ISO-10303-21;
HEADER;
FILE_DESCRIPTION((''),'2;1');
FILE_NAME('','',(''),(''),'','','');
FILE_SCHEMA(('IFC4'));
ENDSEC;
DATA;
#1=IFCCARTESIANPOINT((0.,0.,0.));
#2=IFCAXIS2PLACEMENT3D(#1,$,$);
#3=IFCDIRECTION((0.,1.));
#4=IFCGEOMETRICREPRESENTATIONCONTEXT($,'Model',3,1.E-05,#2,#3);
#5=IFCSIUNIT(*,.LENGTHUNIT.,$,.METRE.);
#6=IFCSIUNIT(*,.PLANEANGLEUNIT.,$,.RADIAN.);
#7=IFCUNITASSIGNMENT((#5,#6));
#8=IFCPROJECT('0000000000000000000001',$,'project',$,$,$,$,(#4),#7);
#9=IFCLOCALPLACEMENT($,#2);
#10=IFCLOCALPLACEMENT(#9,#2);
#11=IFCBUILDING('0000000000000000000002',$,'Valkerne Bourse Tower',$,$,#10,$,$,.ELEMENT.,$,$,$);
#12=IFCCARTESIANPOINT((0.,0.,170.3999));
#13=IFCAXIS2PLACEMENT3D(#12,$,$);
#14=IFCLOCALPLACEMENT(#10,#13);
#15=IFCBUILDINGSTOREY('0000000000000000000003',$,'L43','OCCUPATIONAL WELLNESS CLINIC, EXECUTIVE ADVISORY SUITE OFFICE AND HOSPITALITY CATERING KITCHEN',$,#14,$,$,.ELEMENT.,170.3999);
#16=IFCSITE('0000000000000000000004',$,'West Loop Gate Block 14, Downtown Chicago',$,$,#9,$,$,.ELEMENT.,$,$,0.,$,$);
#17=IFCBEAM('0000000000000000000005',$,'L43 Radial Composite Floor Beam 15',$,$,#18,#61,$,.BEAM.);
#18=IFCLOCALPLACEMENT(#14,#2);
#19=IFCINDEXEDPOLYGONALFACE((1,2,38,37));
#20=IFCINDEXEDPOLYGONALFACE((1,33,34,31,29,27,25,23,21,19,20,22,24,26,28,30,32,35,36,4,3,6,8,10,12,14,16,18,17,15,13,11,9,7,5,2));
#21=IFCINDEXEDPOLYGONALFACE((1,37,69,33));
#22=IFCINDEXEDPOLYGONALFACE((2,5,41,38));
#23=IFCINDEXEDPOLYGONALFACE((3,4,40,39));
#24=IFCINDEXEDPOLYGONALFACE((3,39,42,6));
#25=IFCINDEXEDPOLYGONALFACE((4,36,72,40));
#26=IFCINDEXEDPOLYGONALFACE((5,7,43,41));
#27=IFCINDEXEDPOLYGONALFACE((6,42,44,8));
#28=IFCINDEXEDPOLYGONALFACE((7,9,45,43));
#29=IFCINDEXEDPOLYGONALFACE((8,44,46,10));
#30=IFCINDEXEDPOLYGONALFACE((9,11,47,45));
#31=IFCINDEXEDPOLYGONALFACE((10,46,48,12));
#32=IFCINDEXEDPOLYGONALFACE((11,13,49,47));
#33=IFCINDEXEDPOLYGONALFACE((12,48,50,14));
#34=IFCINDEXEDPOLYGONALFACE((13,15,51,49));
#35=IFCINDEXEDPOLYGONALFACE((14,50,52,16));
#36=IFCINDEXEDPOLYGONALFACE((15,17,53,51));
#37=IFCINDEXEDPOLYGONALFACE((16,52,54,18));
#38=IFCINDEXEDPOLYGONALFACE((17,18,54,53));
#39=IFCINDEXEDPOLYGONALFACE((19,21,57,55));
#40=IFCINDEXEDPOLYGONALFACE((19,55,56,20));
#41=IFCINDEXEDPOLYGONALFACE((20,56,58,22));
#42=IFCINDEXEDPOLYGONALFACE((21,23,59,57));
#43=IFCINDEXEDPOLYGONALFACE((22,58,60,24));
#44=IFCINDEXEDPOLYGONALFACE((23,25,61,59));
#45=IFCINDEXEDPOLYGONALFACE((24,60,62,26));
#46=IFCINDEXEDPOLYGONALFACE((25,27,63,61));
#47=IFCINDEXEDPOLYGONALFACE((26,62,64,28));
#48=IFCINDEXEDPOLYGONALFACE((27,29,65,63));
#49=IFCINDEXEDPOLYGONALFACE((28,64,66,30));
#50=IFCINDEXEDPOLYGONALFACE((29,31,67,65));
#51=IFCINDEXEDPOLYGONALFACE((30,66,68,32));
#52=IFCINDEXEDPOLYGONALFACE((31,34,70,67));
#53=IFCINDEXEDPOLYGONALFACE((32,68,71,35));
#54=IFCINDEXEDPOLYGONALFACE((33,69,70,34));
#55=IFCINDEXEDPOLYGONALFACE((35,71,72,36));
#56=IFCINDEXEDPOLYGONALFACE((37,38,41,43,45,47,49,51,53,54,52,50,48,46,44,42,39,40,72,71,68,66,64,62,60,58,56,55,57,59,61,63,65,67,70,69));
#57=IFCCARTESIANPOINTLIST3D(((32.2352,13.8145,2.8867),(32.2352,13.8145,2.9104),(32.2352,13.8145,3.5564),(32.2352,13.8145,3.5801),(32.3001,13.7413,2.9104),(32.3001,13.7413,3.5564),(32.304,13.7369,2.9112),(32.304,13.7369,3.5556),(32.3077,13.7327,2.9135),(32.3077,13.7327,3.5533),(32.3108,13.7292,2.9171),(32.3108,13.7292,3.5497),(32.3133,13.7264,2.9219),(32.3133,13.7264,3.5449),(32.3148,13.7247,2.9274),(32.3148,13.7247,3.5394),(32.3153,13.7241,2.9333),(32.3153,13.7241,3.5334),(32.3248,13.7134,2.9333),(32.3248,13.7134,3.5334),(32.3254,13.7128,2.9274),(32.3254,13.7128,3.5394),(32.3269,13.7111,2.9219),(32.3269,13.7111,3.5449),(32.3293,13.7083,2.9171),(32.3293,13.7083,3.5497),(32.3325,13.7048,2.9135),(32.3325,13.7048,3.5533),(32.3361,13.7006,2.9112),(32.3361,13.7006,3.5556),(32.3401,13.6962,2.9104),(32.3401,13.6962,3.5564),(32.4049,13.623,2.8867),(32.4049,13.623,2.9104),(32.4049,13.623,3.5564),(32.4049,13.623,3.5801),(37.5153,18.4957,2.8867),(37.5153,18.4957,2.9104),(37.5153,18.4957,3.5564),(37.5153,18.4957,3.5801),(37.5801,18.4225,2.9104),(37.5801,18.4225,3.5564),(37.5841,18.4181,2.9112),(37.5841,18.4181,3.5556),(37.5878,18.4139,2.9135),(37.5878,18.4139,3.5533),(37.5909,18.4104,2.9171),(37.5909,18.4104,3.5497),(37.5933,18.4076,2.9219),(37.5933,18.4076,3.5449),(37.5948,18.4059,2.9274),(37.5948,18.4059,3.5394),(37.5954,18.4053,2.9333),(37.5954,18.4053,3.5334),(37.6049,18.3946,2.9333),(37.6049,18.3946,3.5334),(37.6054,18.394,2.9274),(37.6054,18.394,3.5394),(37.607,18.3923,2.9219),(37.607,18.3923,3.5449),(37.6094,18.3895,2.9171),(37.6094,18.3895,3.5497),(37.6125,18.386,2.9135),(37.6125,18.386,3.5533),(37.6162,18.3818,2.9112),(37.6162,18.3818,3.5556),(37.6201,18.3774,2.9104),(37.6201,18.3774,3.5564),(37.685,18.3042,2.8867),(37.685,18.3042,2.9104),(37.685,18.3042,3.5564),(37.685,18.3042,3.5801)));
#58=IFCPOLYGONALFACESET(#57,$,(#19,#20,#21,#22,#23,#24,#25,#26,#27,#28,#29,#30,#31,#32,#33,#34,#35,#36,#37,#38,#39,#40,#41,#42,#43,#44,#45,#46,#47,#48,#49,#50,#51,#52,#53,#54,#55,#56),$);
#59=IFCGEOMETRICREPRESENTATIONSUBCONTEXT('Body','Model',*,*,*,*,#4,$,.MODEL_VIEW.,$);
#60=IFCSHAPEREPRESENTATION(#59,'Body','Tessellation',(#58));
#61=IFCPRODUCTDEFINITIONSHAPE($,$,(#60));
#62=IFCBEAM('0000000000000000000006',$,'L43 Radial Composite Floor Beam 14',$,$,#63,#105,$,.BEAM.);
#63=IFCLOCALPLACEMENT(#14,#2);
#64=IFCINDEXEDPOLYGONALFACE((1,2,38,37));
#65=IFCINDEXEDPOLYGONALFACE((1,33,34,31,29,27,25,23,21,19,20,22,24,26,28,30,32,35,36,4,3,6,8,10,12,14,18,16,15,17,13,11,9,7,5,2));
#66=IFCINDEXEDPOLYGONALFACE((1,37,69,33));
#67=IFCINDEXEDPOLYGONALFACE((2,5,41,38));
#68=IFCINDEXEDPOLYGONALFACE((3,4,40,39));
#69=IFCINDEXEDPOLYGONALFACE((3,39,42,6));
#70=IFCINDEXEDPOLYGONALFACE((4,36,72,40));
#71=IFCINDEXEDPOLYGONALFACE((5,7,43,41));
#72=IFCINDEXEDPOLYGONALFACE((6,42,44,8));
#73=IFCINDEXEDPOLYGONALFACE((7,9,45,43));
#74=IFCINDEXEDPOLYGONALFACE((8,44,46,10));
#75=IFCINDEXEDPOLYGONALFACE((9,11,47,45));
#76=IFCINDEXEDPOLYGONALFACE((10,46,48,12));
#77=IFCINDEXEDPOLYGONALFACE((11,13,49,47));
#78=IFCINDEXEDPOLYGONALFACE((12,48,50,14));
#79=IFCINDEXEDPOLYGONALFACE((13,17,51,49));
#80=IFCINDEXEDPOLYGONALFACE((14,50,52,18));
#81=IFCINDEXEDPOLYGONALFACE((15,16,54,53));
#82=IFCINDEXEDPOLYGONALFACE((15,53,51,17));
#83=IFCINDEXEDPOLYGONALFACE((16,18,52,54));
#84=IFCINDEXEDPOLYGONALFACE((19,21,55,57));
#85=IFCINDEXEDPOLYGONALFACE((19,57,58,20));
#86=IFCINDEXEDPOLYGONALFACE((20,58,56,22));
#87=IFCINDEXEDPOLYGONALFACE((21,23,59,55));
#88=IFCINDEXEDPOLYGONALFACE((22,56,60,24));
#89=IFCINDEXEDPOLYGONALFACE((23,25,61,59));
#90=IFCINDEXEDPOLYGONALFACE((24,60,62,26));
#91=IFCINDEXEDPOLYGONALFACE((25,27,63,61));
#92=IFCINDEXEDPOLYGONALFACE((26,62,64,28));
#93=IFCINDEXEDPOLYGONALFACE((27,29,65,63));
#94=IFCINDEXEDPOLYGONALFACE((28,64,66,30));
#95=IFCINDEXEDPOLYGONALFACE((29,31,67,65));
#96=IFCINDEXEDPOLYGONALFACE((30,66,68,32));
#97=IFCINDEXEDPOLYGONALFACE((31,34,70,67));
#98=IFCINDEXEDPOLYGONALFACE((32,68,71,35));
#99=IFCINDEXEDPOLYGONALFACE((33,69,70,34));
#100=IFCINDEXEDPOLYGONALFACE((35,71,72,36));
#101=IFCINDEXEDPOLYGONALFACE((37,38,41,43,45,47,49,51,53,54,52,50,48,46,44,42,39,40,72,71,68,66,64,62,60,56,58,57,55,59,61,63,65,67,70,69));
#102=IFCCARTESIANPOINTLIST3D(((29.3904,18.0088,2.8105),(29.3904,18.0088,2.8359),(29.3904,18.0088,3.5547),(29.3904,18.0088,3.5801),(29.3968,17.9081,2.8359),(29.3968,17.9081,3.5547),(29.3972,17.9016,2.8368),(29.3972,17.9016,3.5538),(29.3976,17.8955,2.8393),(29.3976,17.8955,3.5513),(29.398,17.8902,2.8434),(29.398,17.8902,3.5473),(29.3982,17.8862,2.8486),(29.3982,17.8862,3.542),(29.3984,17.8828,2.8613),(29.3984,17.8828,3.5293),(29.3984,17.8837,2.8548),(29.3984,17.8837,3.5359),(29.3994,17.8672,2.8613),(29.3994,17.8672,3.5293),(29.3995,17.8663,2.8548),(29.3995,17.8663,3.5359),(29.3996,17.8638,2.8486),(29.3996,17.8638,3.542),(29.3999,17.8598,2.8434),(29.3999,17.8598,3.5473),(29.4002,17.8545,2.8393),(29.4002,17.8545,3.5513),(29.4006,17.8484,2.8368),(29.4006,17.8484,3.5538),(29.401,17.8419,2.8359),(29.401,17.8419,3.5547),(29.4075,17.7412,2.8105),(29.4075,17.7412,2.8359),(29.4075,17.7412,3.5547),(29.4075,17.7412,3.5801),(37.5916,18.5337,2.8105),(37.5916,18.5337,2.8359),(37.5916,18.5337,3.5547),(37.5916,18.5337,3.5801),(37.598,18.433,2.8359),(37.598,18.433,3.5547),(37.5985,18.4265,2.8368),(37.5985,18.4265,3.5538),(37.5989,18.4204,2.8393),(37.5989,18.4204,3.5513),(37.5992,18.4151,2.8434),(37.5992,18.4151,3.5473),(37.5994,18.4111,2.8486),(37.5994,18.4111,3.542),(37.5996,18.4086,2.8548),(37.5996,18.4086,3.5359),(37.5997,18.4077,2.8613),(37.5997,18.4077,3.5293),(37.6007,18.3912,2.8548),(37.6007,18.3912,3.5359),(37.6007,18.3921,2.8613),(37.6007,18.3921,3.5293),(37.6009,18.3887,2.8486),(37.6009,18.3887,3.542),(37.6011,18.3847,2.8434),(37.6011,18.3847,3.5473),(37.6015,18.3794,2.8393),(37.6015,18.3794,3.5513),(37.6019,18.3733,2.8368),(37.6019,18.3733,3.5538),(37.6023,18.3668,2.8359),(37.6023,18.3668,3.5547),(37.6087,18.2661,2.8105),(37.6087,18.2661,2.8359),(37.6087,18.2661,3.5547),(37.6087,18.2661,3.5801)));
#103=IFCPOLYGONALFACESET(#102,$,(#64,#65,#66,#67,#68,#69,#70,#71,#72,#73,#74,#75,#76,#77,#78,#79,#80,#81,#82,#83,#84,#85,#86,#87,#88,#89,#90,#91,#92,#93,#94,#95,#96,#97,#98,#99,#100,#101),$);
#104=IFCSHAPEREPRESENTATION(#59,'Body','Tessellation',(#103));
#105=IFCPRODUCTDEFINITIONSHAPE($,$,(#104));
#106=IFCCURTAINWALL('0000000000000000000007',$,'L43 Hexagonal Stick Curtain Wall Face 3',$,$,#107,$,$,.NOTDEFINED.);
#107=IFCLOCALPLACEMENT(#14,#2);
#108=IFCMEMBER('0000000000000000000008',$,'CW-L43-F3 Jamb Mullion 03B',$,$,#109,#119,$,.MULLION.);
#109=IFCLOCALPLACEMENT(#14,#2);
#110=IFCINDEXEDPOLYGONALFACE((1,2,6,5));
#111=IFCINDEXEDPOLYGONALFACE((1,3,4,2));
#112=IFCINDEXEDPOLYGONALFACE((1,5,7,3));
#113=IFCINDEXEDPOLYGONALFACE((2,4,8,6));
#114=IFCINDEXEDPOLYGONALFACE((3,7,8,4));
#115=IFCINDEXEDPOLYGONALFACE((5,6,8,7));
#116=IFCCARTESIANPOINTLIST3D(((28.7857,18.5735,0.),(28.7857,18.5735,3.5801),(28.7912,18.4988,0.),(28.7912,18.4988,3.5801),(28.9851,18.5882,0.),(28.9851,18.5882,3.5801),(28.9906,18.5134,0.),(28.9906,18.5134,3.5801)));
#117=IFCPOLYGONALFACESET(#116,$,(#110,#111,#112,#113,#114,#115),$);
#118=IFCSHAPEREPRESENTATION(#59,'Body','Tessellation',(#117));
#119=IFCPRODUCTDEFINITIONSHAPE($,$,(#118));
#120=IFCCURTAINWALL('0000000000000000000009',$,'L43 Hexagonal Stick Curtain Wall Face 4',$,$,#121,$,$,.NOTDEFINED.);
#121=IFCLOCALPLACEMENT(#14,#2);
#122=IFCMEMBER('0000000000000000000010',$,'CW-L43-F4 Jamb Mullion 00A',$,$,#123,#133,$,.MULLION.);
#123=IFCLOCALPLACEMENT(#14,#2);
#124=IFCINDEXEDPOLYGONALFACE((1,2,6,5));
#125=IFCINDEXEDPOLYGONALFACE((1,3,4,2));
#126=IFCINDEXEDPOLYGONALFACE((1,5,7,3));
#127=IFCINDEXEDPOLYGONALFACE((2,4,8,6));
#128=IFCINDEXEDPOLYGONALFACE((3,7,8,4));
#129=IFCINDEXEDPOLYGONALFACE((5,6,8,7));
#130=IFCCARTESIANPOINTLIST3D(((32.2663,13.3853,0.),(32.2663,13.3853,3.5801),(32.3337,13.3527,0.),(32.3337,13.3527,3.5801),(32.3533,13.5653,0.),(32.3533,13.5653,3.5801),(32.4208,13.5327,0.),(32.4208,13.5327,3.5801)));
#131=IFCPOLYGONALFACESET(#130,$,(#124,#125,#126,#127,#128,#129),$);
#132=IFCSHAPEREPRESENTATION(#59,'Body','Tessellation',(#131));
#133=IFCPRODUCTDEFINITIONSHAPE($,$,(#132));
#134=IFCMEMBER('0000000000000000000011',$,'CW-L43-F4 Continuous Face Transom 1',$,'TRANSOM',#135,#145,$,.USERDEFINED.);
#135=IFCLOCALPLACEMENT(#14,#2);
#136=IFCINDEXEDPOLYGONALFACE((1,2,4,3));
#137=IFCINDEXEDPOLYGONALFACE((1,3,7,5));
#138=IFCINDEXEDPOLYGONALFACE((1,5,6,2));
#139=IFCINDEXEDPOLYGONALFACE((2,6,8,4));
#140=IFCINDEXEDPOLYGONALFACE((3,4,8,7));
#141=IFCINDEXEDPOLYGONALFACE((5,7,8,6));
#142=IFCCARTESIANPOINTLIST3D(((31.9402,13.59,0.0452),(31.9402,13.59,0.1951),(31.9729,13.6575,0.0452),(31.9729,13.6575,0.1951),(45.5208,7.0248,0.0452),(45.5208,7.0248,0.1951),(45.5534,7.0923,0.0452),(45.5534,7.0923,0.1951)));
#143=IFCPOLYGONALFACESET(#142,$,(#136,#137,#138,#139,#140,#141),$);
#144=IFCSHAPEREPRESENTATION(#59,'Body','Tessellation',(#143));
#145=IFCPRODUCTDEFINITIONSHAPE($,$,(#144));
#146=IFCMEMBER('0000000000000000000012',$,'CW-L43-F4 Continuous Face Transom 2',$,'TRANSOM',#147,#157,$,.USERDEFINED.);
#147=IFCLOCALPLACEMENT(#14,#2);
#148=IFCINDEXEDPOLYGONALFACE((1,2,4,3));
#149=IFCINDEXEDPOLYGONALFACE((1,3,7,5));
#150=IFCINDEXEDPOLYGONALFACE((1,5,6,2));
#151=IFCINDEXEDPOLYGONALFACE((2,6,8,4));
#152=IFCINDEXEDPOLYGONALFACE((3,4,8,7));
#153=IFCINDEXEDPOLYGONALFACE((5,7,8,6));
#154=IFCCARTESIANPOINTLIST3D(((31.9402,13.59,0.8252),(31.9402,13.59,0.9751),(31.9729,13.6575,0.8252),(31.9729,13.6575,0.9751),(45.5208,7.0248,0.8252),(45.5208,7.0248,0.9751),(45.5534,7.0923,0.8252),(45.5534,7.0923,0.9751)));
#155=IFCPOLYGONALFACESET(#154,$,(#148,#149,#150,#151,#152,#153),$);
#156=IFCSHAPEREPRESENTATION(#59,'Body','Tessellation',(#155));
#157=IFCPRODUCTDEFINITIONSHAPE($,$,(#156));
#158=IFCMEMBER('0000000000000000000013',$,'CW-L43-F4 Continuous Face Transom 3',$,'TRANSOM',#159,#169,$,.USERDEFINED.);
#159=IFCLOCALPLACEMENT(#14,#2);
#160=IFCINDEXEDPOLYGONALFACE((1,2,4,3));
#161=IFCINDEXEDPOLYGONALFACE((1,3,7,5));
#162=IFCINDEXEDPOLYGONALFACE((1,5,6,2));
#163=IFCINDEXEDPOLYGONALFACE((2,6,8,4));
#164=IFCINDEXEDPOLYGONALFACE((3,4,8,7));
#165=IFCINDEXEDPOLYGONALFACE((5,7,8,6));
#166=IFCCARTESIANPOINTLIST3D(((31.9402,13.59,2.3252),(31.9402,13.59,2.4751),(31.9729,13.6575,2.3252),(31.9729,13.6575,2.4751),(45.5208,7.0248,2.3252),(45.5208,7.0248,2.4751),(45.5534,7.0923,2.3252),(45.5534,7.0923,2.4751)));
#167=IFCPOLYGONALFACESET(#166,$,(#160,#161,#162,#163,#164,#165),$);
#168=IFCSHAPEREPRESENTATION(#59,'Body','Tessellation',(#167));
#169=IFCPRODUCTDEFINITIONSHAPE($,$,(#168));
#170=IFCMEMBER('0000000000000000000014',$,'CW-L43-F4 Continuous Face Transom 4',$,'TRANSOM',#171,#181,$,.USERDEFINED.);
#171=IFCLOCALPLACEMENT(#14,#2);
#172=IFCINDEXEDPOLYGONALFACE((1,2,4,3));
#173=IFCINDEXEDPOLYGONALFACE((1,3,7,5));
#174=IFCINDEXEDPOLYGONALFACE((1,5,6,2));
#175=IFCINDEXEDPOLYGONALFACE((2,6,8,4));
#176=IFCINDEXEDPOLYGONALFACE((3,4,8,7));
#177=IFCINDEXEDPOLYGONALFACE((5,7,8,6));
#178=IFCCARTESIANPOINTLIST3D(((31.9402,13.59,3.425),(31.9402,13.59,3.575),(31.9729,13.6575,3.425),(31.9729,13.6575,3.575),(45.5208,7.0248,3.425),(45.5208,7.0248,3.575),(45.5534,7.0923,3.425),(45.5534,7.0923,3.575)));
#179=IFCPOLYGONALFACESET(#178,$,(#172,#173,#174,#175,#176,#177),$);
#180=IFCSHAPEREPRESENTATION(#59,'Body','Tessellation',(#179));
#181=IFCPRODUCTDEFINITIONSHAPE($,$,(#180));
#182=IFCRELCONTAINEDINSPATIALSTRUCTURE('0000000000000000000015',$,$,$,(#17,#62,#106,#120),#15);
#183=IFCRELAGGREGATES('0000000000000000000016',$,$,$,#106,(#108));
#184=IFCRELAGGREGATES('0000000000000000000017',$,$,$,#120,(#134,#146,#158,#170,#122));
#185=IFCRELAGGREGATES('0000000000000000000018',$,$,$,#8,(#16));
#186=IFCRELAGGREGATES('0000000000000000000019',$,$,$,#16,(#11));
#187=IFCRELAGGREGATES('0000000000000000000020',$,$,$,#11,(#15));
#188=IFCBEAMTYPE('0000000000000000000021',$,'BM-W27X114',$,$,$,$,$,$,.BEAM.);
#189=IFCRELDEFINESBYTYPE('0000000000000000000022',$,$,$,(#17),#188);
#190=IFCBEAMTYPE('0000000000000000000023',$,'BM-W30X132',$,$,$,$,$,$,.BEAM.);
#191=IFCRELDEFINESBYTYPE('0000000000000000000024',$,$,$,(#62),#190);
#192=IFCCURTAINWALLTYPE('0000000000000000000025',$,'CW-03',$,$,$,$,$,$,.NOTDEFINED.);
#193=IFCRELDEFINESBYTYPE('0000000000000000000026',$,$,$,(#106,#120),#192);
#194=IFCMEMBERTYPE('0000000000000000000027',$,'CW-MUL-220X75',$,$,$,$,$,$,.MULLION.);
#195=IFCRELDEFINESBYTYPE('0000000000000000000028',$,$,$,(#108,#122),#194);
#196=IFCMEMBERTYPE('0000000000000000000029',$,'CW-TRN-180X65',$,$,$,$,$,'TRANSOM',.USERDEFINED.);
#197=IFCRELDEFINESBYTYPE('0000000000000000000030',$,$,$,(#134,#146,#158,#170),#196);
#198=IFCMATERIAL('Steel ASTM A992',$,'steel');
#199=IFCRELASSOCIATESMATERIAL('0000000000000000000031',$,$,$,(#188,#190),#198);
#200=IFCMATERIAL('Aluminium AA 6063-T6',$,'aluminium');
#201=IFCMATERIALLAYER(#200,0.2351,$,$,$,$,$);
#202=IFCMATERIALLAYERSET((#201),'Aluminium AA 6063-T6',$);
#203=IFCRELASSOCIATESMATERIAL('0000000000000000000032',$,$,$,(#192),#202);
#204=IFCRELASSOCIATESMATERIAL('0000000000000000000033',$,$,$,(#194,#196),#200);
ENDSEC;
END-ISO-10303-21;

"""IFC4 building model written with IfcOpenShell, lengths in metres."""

from ifc_helpers import new_model, si_unit, direction, frame, origin, origin_2d, place, context, subcontext, project, spatial, rectangle, i_section, extrude, material, layer, layer_set, material_profile, profile_set, type_object, element, aggregate, save


model = new_model("IFC4")

# Units and contexts
model_context = context("Model", 3, precision=1e-05, world=origin(), true_north=direction((0.0, 1.0)))
body_context = subcontext(model_context, "Body", "Model", "MODEL_VIEW")
ifc_project = project(units=[si_unit("LENGTHUNIT", "METRE"), si_unit("PLANEANGLEUNIT", "RADIAN")], contexts=[model_context])

# Site, building, storey
site_placement = place(None, origin())
site = spatial("IfcSite", under=ifc_project, at=site_placement, Name="West Loop Gate Block 14, Downtown Chicago", CompositionType="ELEMENT", RefElevation=0.0)
building_placement = place(site_placement, origin())
building = spatial("IfcBuilding", under=site, at=building_placement, Name="Valkerne Bourse Tower", CompositionType="ELEMENT")
storey_placement = place(building_placement, frame((0.0, 0.0, 170.3999)))
storey = spatial("IfcBuildingStorey", under=building, at=storey_placement, Name="L43", Description="OCCUPATIONAL WELLNESS CLINIC, EXECUTIVE ADVISORY SUITE OFFICE AND HOSPITALITY CATERING KITCHEN", CompositionType="ELEMENT", Elevation=170.3999)

# Beams
ifc_material_1 = material(Name="Steel ASTM A992", Category="steel")
ifc_material_profile_1 = material_profile(ifc_material_1, i_section(OverallWidth=0.2559, OverallDepth=0.6934, WebThickness=0.0144, FlangeThickness=0.0237, FilletRadius=0.0229, at=origin_2d()), Name="W27X114")
ifc_profile_set_1 = profile_set([ifc_material_profile_1], Name="Steel ASTM A992")
beam_type_1 = type_object("IfcBeamType", Name="BM-W27X114", PredefinedType="BEAM", material=ifc_profile_set_1)
beam_1_placement = place(storey_placement, frame((32.3201, 13.7188, 3.2334), z_axis=(0.748268, 0.663397, 0.0), x_axis=(-0.663397, 0.748268, 0.0)))
element("IfcBeam", 1, at=beam_1_placement, inside=storey, type_object=beam_type_1, Name="L43 Radial Composite Floor Beam 15", PredefinedType="BEAM", context=body_context, shape_type="SweptSolid", body=[
    extrude(i_section(OverallWidth=0.2559, OverallDepth=0.6934, WebThickness=0.0144, FlangeThickness=0.0237, FilletRadius=0.0229, at=origin_2d()), origin(), (0.0, 0.0, 1.0), 7.0564),
])
ifc_material_profile_2 = material_profile(ifc_material_1, i_section(OverallWidth=0.2681, OverallDepth=0.7695, WebThickness=0.0156, FlangeThickness=0.0254, FilletRadius=0.0254, at=origin_2d()), Name="W30X132")
ifc_profile_set_2 = profile_set([ifc_material_profile_2], Name="Steel ASTM A992")
beam_type_2 = type_object("IfcBeamType", Name="BM-W30X132", PredefinedType="BEAM", material=ifc_profile_set_2)
beam_2_placement = place(storey_placement, frame((29.3989, 17.875, 3.1953), z_axis=(0.997958, 0.063873, 0.0), x_axis=(-0.063873, 0.997958, 0.0)))
element("IfcBeam", 2, at=beam_2_placement, inside=storey, type_object=beam_type_2, Name="L43 Radial Composite Floor Beam 14", PredefinedType="BEAM", context=body_context, shape_type="SweptSolid", body=[
    extrude(i_section(OverallWidth=0.2681, OverallDepth=0.7695, WebThickness=0.0156, FlangeThickness=0.0254, FilletRadius=0.0254, at=origin_2d()), origin(), (0.0, 0.0, 1.0), 8.218),
])

# Curtain wall, member
ifc_material_2 = material(Name="Aluminium AA 6063-T6", Category="aluminium")
ifc_layer_1 = layer(ifc_material_2, 0.2351)
ifc_layer_set_1 = layer_set([ifc_layer_1], Name="Aluminium AA 6063-T6")
curtain_wall_type = type_object("IfcCurtainWallType", Name="CW-03", PredefinedType="NOTDEFINED", material=ifc_layer_set_1)
curtain_wall_1_placement = place(storey_placement, origin())
curtain_wall_1 = element("IfcCurtainWall", 3, at=curtain_wall_1_placement, inside=storey, type_object=curtain_wall_type, Name="L43 Hexagonal Stick Curtain Wall Face 3", PredefinedType="NOTDEFINED")
ifc_material_profile_3 = material_profile(ifc_material_2, rectangle(XDim=0.075, YDim=0.2, at=origin_2d()), Name="CWM-75X200")
ifc_profile_set_3 = profile_set([ifc_material_profile_3], Name="Aluminium AA 6063-T6")
member_type_1 = type_object("IfcMemberType", Name="CW-MUL-220X75", PredefinedType="MULLION", material=ifc_profile_set_3)
member_1_placement = place(storey_placement, frame((28.8882, 18.5435, 0.0), z_axis=(0.0, 0.0, 1.0), x_axis=(0.073245, -0.997314, 0.0)))
member_1 = element("IfcMember", 4, at=member_1_placement, type_object=member_type_1, Name="CW-L43-F3 Jamb Mullion 03B", PredefinedType="MULLION", context=body_context, shape_type="SweptSolid", body=[
    extrude(rectangle(XDim=0.075, YDim=0.2, at=origin_2d()), origin(), (0.0, 0.0, 1.0), 3.5801),
])
aggregate(curtain_wall_1, [member_1])

# Curtain wall, members
curtain_wall_2_placement = place(storey_placement, origin())
curtain_wall_2 = element("IfcCurtainWall", 5, at=curtain_wall_2_placement, inside=storey, type_object=curtain_wall_type, Name="L43 Hexagonal Stick Curtain Wall Face 4", PredefinedType="NOTDEFINED")
member_2_placement = place(storey_placement, frame((32.3435, 13.459, 0.0), z_axis=(0.0, 0.0, 1.0), x_axis=(0.900325, -0.435219, 0.0)))
member_2 = element("IfcMember", 6, at=member_2_placement, type_object=member_type_1, Name="CW-L43-F4 Jamb Mullion 00A", PredefinedType="MULLION", context=body_context, shape_type="SweptSolid", body=[
    extrude(rectangle(XDim=0.075, YDim=0.2, at=origin_2d()), origin(), (0.0, 0.0, 1.0), 3.5801),
])
ifc_material_profile_4 = material_profile(ifc_material_2, rectangle(XDim=0.075, YDim=0.1499, at=origin_2d()), Name="CWT-75X150")
ifc_profile_set_4 = profile_set([ifc_material_profile_4], Name="Aluminium AA 6063-T6")
member_type_2 = type_object("IfcMemberType", Name="CW-TRN-180X65", ElementType="TRANSOM", PredefinedType="USERDEFINED", material=ifc_profile_set_4)
member_3_placement = place(storey_placement, frame((31.9565, 13.6238, 0.1201), z_axis=(0.900317, -0.435236, 0.0), x_axis=(0.435236, 0.900317, 0.0)))
member_3 = element("IfcMember", 7, at=member_3_placement, type_object=member_type_2, Name="CW-L43-F4 Continuous Face Transom 1", ObjectType="TRANSOM", PredefinedType="USERDEFINED", context=body_context, shape_type="SweptSolid", body=[
    extrude(rectangle(XDim=0.075, YDim=0.1499, at=origin_2d()), origin(), (0.0, 0.0, 1.0), 15.0842),
])
member_4_placement = place(storey_placement, frame((31.9565, 13.6238, 0.9001), z_axis=(0.900317, -0.435236, 0.0), x_axis=(0.435236, 0.900317, 0.0)))
member_4 = element("IfcMember", 8, at=member_4_placement, type_object=member_type_2, Name="CW-L43-F4 Continuous Face Transom 2", ObjectType="TRANSOM", PredefinedType="USERDEFINED", context=body_context, shape_type="SweptSolid", body=[
    extrude(rectangle(XDim=0.075, YDim=0.1499, at=origin_2d()), origin(), (0.0, 0.0, 1.0), 15.0842),
])
member_5_placement = place(storey_placement, frame((31.9565, 13.6238, 2.4001), z_axis=(0.900317, -0.435236, 0.0), x_axis=(0.435236, 0.900317, 0.0)))
member_5 = element("IfcMember", 9, at=member_5_placement, type_object=member_type_2, Name="CW-L43-F4 Continuous Face Transom 3", ObjectType="TRANSOM", PredefinedType="USERDEFINED", context=body_context, shape_type="SweptSolid", body=[
    extrude(rectangle(XDim=0.075, YDim=0.1499, at=origin_2d()), origin(), (0.0, 0.0, 1.0), 15.0842),
])
member_6_placement = place(storey_placement, frame((31.9565, 13.6238, 3.5), z_axis=(0.900317, -0.435236, 0.0), x_axis=(0.435236, 0.900317, 0.0)))
member_6 = element("IfcMember", 10, at=member_6_placement, type_object=member_type_2, Name="CW-L43-F4 Continuous Face Transom 4", ObjectType="TRANSOM", PredefinedType="USERDEFINED", context=body_context, shape_type="SweptSolid", body=[
    extrude(rectangle(XDim=0.075, YDim=0.1499, at=origin_2d()), origin(), (0.0, 0.0, 1.0), 15.0842),
])
aggregate(curtain_wall_2, [member_3, member_4, member_5, member_6, member_2])

save(model, "model.ifc")
